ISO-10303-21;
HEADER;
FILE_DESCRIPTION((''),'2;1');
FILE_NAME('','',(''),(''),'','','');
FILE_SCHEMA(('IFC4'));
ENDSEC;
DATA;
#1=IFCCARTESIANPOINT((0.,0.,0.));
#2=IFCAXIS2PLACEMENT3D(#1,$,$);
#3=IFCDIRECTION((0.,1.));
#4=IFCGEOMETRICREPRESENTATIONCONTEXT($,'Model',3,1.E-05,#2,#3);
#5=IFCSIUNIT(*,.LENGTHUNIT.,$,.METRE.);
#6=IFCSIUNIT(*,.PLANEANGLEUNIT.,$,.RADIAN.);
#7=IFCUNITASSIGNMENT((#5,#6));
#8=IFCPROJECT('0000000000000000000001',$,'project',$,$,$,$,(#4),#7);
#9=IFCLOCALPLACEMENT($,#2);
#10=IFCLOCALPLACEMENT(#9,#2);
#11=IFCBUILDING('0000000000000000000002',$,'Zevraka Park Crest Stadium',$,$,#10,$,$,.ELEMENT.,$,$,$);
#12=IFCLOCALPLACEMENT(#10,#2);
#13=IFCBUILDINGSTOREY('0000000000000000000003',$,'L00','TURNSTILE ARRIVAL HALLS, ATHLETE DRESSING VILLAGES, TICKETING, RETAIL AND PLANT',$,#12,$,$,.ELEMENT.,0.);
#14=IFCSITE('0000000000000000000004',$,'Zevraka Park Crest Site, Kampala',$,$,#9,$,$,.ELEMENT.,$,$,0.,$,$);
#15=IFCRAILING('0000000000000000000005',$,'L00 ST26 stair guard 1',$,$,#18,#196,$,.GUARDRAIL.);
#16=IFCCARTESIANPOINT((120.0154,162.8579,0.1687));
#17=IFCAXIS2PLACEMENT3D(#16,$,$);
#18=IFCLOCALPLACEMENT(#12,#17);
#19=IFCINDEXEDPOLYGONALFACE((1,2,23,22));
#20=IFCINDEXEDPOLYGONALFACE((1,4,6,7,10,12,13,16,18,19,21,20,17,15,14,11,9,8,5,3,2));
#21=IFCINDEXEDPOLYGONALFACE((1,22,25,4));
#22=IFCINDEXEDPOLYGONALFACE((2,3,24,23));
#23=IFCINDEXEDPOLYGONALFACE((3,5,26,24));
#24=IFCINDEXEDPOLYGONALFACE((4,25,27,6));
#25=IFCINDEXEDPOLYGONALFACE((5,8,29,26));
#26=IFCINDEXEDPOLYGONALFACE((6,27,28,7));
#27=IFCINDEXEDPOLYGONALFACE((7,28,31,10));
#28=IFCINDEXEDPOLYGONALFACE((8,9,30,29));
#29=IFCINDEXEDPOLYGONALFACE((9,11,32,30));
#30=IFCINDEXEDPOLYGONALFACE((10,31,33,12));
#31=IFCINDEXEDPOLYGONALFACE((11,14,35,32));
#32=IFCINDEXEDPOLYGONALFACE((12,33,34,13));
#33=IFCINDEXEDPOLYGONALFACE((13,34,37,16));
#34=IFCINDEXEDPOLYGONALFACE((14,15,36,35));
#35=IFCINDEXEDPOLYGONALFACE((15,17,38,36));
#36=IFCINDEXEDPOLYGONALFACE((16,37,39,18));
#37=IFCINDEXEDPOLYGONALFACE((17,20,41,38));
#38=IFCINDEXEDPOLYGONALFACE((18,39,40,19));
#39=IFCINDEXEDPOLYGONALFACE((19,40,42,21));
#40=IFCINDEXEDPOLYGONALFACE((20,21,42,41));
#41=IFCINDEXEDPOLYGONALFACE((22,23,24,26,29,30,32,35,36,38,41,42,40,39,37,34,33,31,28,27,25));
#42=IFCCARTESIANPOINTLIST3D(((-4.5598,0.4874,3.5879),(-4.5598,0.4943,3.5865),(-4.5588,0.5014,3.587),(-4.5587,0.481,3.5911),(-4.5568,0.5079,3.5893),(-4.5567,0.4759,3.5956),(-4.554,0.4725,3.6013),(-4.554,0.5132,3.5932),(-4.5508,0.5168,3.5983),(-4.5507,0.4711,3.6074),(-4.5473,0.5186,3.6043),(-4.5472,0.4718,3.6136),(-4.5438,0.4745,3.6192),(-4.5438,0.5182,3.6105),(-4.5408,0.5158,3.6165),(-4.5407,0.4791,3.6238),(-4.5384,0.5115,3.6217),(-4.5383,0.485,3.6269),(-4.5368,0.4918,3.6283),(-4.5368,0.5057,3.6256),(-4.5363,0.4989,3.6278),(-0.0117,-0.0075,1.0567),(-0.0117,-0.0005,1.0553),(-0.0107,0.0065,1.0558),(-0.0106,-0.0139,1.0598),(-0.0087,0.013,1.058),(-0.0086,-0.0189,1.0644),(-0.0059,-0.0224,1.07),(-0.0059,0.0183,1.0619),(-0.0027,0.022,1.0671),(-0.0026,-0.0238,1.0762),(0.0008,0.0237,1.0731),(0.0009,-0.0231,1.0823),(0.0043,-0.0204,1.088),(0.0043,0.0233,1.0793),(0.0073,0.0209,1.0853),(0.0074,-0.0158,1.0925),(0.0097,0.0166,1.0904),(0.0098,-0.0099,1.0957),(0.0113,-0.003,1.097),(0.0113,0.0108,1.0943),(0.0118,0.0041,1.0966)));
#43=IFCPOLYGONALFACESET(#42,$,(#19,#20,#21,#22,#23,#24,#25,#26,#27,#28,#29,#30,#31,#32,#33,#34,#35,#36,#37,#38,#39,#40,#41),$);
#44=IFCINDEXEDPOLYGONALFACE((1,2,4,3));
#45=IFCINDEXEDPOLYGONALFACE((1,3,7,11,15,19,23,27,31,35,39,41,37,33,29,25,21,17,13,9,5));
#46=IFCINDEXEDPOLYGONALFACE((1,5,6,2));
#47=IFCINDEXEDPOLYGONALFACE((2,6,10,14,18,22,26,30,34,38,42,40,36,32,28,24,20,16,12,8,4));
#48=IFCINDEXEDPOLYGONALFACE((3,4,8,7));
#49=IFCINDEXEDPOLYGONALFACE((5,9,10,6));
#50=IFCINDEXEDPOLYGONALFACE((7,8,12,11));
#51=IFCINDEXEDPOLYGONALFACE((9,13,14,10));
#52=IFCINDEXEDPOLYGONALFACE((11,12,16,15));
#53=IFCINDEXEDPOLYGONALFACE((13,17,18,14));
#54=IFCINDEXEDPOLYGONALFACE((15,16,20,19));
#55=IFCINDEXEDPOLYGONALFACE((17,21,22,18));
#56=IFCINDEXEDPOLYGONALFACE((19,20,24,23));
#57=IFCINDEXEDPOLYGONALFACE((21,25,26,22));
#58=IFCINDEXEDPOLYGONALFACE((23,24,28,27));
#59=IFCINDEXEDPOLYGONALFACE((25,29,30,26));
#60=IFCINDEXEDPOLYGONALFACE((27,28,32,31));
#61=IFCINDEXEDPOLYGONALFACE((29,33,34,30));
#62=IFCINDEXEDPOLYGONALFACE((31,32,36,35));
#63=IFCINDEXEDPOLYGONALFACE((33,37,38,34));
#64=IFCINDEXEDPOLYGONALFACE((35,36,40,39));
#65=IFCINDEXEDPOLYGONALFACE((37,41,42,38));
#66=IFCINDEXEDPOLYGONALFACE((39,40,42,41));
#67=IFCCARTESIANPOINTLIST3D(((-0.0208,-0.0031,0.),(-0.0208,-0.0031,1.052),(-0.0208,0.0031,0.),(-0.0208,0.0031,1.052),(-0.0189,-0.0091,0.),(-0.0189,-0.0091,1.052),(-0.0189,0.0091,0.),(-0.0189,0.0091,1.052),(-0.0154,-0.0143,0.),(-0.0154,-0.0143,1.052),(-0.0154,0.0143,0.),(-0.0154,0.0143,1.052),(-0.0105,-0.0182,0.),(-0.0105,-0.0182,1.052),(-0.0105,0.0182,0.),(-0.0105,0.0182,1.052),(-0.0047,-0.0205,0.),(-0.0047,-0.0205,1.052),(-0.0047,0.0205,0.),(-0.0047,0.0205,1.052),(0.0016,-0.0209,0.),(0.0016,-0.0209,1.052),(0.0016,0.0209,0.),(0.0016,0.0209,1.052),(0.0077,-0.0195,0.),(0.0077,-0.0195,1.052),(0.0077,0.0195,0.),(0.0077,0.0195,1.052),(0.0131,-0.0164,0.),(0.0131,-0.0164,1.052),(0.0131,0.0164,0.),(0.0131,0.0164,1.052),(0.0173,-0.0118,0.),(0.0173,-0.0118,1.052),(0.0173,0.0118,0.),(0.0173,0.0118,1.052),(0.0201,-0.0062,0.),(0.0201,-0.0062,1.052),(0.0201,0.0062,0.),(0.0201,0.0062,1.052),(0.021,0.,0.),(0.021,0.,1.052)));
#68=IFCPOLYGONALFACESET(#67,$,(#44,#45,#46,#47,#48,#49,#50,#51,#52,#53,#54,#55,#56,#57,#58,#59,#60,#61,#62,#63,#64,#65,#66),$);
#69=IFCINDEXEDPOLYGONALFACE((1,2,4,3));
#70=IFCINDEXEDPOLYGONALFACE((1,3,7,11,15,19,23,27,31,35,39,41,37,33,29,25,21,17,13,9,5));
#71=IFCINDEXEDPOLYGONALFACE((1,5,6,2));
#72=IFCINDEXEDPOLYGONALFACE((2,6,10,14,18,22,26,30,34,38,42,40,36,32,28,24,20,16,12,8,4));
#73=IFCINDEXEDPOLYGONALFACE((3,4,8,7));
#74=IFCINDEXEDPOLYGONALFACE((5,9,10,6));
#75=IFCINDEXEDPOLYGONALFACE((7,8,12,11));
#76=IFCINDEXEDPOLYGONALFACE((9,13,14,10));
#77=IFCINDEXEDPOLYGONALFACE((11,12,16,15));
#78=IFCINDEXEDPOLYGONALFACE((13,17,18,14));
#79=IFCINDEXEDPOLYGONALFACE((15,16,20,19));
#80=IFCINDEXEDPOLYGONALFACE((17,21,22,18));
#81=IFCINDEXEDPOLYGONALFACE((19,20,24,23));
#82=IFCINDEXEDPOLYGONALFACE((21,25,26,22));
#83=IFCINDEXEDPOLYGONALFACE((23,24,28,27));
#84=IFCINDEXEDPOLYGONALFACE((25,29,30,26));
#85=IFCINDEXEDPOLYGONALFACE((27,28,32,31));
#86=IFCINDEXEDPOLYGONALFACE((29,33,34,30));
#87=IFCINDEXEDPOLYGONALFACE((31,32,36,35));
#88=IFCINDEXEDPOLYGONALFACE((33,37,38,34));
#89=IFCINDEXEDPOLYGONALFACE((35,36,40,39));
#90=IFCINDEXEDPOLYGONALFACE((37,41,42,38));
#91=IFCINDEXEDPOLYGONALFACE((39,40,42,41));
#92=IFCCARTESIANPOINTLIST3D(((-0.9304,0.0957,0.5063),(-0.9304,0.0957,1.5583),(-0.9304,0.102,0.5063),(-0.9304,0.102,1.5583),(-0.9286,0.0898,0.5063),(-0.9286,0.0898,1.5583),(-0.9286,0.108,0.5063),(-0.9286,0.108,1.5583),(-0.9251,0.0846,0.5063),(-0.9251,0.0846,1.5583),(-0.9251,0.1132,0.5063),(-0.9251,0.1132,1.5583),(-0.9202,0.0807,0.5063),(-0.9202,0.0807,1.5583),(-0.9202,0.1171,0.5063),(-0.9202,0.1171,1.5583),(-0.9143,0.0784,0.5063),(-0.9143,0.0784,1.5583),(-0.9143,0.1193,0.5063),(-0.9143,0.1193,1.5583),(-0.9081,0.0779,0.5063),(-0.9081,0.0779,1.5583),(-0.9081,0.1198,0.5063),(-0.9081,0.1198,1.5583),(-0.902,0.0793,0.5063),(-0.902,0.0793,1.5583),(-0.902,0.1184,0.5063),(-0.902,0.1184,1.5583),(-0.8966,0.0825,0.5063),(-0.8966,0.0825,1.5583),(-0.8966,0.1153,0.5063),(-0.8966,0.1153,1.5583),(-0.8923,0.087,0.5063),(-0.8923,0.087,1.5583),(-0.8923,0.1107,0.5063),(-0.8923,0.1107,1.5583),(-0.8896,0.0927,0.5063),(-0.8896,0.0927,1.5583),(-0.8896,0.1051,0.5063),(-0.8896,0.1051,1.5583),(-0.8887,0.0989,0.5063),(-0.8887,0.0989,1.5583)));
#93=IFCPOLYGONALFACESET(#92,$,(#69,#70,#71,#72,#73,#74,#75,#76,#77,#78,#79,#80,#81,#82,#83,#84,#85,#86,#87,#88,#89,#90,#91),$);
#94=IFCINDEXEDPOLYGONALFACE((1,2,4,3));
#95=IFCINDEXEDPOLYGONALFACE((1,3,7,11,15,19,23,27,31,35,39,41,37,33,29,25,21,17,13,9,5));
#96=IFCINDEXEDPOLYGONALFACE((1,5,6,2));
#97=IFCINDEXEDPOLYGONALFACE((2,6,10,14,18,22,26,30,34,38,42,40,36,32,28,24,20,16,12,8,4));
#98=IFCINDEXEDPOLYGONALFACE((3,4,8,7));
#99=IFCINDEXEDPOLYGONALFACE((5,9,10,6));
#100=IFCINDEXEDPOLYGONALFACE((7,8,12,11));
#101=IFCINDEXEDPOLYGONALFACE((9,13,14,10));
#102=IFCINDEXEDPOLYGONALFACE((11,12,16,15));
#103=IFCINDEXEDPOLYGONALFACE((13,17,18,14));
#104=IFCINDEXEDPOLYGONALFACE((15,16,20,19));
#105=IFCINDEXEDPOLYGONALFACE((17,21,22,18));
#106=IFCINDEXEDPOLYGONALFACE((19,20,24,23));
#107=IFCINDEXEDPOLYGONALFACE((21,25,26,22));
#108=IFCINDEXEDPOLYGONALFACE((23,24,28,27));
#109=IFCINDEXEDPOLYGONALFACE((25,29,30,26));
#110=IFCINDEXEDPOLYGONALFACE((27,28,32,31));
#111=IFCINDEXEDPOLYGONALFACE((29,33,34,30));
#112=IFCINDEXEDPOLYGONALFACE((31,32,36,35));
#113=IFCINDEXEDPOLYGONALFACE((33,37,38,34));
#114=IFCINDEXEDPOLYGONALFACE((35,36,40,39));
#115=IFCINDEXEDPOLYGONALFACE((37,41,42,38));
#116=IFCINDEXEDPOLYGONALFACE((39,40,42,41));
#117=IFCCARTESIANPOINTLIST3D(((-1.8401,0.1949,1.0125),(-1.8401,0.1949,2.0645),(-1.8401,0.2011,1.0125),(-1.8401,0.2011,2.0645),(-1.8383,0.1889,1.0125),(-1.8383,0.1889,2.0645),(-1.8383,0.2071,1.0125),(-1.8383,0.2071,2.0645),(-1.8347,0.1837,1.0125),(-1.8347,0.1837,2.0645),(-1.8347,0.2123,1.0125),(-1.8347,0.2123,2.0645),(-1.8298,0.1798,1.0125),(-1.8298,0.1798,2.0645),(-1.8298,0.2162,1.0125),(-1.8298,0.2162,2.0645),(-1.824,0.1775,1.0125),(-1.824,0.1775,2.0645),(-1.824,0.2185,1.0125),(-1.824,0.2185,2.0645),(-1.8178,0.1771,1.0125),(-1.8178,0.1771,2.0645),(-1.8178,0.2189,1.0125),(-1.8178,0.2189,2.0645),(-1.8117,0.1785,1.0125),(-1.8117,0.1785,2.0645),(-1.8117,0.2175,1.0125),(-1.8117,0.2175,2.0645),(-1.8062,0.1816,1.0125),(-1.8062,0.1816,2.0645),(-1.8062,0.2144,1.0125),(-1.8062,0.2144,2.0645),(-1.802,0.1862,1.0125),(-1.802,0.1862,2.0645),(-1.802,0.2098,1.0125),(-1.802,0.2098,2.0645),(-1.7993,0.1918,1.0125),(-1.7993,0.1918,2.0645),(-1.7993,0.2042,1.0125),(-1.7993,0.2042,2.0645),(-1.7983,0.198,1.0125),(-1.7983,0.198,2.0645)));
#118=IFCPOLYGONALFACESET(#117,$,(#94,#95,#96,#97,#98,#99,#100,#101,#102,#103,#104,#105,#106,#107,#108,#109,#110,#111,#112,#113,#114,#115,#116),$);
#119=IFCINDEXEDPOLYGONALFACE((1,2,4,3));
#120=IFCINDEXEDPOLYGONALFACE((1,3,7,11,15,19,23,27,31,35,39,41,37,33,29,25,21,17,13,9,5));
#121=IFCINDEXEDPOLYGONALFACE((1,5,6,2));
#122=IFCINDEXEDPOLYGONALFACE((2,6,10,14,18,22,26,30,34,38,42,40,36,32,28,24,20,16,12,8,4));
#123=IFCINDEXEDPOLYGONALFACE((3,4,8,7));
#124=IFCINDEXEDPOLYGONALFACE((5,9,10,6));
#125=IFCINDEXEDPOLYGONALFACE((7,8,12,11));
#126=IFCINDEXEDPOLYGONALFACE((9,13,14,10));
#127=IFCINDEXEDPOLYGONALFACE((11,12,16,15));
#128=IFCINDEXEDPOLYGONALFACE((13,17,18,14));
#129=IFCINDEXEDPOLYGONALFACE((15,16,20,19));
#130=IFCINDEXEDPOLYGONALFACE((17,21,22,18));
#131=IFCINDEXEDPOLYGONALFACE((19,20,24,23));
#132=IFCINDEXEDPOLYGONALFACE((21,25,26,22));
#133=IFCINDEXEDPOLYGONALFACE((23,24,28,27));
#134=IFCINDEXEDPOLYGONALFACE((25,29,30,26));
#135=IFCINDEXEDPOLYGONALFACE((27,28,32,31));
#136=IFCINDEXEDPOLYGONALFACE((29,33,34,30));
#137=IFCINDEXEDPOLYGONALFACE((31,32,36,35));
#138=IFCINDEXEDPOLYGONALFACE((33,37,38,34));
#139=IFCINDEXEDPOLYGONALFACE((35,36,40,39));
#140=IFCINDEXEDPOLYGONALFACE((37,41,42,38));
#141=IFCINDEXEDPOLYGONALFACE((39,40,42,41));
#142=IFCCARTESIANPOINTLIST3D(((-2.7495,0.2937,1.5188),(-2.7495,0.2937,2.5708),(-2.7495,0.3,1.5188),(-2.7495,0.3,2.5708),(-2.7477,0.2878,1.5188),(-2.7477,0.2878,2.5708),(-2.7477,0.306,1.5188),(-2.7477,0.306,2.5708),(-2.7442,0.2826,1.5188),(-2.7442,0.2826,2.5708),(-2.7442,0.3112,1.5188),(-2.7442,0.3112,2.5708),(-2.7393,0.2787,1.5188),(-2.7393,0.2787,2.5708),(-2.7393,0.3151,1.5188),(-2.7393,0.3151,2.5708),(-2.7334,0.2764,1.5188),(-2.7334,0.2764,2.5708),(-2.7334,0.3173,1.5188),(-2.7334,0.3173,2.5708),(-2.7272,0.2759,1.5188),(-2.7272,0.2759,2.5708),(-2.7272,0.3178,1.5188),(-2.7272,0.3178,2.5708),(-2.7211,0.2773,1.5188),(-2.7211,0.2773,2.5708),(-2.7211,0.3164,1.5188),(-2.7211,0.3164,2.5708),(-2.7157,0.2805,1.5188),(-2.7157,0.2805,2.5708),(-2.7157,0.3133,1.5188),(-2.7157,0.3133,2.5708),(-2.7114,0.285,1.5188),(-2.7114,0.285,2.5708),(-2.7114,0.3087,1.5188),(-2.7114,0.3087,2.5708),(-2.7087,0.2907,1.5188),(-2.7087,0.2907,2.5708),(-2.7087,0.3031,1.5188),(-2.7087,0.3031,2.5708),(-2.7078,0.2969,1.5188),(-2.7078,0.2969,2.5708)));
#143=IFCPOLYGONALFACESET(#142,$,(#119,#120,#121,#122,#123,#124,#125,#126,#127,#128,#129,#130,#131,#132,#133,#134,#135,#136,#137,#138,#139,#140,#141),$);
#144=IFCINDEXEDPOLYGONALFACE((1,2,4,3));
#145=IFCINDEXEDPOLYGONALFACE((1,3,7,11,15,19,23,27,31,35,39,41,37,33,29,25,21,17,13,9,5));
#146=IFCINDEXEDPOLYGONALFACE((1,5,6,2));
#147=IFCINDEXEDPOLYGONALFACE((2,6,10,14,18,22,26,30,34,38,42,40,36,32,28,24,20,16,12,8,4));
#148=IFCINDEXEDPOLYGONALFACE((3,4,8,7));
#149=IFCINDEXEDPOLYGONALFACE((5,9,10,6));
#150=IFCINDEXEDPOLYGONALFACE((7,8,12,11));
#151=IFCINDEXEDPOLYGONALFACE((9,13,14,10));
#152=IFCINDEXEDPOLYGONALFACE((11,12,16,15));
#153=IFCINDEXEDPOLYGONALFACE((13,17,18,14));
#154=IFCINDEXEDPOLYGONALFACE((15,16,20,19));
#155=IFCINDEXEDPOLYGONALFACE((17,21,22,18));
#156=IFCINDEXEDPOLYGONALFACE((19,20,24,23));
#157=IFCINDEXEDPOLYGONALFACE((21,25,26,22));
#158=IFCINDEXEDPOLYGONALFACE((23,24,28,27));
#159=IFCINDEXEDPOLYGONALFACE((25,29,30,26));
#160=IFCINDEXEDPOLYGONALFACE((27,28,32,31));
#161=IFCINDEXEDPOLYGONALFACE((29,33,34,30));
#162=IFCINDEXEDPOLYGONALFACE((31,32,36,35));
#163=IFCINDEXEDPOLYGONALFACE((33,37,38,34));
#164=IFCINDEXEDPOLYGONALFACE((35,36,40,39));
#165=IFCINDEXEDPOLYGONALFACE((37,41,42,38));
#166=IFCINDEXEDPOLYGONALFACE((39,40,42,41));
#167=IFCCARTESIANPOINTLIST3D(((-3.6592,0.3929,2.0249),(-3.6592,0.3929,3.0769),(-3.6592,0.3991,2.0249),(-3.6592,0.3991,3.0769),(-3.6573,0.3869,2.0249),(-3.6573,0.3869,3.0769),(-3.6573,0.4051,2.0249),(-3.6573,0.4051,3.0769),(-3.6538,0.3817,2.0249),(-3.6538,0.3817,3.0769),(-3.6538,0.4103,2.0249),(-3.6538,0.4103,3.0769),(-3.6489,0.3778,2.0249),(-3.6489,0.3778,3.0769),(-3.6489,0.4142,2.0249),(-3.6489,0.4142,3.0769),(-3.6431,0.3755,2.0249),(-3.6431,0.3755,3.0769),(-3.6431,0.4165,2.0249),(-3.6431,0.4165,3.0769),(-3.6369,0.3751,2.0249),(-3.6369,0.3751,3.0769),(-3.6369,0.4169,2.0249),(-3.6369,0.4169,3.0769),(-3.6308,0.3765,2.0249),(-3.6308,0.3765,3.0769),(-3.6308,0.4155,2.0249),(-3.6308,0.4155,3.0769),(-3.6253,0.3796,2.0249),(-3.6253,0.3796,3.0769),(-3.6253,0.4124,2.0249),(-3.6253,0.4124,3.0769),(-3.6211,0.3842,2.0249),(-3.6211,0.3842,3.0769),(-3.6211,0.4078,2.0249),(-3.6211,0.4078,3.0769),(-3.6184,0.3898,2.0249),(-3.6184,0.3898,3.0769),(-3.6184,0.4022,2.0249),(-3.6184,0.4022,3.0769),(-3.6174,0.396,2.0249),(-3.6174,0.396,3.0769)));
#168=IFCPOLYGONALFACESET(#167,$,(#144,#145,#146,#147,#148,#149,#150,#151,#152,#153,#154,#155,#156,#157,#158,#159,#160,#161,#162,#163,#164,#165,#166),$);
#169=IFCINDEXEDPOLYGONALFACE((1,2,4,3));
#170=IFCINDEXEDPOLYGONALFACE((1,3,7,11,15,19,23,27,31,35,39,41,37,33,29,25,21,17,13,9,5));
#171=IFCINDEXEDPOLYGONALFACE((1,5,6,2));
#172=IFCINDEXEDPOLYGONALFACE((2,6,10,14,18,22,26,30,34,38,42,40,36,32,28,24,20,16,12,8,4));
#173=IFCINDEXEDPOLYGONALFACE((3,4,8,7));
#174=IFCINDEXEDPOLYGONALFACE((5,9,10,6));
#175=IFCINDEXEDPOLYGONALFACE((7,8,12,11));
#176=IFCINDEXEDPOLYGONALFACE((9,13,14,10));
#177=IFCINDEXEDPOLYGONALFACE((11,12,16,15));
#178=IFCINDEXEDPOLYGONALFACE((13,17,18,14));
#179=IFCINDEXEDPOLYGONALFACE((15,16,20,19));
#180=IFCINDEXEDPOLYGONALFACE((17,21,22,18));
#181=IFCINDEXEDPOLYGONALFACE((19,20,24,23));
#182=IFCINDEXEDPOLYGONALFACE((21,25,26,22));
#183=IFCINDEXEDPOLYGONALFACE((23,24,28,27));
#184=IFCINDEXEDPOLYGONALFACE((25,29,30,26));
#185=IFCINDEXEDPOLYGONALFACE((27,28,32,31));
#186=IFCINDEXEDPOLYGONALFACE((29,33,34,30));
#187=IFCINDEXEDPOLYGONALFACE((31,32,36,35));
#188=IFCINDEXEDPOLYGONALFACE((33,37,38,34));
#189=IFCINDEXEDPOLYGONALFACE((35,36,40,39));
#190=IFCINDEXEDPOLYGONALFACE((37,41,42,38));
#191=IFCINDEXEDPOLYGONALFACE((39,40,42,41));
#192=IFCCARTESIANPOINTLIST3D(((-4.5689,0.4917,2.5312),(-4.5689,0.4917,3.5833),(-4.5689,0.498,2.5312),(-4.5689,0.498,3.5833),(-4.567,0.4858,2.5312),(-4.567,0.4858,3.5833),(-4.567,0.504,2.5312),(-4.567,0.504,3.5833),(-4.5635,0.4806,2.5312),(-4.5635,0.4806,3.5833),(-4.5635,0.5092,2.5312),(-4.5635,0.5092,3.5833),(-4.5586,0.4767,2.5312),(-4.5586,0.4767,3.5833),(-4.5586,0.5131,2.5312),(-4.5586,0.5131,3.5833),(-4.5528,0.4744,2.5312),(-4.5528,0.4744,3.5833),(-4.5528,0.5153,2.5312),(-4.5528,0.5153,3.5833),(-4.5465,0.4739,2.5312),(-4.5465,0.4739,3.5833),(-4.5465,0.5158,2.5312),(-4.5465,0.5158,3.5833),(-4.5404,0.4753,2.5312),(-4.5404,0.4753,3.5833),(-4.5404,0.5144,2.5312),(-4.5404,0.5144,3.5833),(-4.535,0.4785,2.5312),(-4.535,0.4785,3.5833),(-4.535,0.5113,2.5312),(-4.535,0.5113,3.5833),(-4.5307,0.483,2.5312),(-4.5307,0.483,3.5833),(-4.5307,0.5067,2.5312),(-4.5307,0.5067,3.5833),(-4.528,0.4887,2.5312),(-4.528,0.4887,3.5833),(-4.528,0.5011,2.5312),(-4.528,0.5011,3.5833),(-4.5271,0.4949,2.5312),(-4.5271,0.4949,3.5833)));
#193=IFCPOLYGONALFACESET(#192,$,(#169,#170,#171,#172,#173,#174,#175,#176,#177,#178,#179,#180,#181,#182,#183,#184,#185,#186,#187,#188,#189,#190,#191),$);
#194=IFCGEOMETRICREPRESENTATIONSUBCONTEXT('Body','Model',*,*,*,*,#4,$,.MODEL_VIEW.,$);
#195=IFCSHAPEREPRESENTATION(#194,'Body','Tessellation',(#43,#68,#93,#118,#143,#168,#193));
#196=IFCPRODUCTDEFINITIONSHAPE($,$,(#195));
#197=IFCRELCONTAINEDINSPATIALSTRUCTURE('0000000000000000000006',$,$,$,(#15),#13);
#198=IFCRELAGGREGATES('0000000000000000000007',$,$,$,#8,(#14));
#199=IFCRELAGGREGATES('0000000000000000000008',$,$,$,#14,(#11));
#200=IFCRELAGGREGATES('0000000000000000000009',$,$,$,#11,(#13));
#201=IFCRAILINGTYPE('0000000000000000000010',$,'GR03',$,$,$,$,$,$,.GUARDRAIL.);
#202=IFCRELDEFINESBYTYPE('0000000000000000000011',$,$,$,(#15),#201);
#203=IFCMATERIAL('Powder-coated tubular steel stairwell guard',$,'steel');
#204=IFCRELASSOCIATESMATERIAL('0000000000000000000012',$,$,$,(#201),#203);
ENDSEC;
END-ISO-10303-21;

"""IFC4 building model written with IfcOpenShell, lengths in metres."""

from ifc_helpers import new_model, si_unit, direction, frame, origin, origin_2d, place, context, subcontext, project, spatial, circle, extrude, material, type_object, element, save


model = new_model("IFC4")

# Units and contexts
model_context = context("Model", 3, precision=1e-05, world=origin(), true_north=direction((0.0, 1.0)))
body_context = subcontext(model_context, "Body", "Model", "MODEL_VIEW")
ifc_project = project(units=[si_unit("LENGTHUNIT", "METRE"), si_unit("PLANEANGLEUNIT", "RADIAN")], contexts=[model_context])

# Site, building, storey
site_placement = place(None, origin())
site = spatial("IfcSite", under=ifc_project, at=site_placement, Name="Zevraka Park Crest Site, Kampala", CompositionType="ELEMENT", RefElevation=0.0)
building_placement = place(site_placement, origin())
building = spatial("IfcBuilding", under=site, at=building_placement, Name="Zevraka Park Crest Stadium", CompositionType="ELEMENT")
storey_placement = place(building_placement, origin())
storey = spatial("IfcBuildingStorey", under=building, at=storey_placement, Name="L00", Description="TURNSTILE ARRIVAL HALLS, ATHLETE DRESSING VILLAGES, TICKETING, RETAIL AND PLANT", CompositionType="ELEMENT", Elevation=0.0)

# Railing
ifc_material_1 = material(Name="Powder-coated tubular steel stairwell guard", Category="steel")
railing_type_1 = type_object("IfcRailingType", Name="GR03", PredefinedType="GUARDRAIL", material=ifc_material_1)
railing_1_placement = place(storey_placement, frame((120.0154, 162.8579, 0.1687)))
element("IfcRailing", 1, at=railing_1_placement, inside=storey, type_object=railing_type_1, Name="L00 ST26 stair guard 1", PredefinedType="GUARDRAIL", context=body_context, shape_type="SweptSolid", body=[
    extrude(circle(Radius=0.0239, at=origin_2d()), frame((0.0, 0.0, 1.0762), z_axis=(-0.869865, 0.094649, 0.484125), x_axis=(-0.10817, -0.994132, 0.0)), (0.0, 0.0, 1.0), 5.2285),
    extrude(circle(Radius=0.021, at=origin_2d()), origin(), (0.0, 0.0, 1.0), 1.052),
    extrude(circle(Radius=0.021, at=origin_2d()), frame((-0.9097, 0.0989, 0.5063)), (0.0, 0.0, 1.0), 1.052),
    extrude(circle(Radius=0.021, at=origin_2d()), frame((-1.8193, 0.198, 1.0125)), (0.0, 0.0, 1.0), 1.052),
    extrude(circle(Radius=0.021, at=origin_2d()), frame((-2.7288, 0.2969, 1.5188)), (0.0, 0.0, 1.0), 1.052),
    extrude(circle(Radius=0.021, at=origin_2d()), frame((-3.6384, 0.396, 2.0249)), (0.0, 0.0, 1.0), 1.052),
    extrude(circle(Radius=0.021, at=origin_2d()), frame((-4.5481, 0.4949, 2.5312)), (0.0, 0.0, 1.0), 1.052),
])

save(model, "model.ifc")
